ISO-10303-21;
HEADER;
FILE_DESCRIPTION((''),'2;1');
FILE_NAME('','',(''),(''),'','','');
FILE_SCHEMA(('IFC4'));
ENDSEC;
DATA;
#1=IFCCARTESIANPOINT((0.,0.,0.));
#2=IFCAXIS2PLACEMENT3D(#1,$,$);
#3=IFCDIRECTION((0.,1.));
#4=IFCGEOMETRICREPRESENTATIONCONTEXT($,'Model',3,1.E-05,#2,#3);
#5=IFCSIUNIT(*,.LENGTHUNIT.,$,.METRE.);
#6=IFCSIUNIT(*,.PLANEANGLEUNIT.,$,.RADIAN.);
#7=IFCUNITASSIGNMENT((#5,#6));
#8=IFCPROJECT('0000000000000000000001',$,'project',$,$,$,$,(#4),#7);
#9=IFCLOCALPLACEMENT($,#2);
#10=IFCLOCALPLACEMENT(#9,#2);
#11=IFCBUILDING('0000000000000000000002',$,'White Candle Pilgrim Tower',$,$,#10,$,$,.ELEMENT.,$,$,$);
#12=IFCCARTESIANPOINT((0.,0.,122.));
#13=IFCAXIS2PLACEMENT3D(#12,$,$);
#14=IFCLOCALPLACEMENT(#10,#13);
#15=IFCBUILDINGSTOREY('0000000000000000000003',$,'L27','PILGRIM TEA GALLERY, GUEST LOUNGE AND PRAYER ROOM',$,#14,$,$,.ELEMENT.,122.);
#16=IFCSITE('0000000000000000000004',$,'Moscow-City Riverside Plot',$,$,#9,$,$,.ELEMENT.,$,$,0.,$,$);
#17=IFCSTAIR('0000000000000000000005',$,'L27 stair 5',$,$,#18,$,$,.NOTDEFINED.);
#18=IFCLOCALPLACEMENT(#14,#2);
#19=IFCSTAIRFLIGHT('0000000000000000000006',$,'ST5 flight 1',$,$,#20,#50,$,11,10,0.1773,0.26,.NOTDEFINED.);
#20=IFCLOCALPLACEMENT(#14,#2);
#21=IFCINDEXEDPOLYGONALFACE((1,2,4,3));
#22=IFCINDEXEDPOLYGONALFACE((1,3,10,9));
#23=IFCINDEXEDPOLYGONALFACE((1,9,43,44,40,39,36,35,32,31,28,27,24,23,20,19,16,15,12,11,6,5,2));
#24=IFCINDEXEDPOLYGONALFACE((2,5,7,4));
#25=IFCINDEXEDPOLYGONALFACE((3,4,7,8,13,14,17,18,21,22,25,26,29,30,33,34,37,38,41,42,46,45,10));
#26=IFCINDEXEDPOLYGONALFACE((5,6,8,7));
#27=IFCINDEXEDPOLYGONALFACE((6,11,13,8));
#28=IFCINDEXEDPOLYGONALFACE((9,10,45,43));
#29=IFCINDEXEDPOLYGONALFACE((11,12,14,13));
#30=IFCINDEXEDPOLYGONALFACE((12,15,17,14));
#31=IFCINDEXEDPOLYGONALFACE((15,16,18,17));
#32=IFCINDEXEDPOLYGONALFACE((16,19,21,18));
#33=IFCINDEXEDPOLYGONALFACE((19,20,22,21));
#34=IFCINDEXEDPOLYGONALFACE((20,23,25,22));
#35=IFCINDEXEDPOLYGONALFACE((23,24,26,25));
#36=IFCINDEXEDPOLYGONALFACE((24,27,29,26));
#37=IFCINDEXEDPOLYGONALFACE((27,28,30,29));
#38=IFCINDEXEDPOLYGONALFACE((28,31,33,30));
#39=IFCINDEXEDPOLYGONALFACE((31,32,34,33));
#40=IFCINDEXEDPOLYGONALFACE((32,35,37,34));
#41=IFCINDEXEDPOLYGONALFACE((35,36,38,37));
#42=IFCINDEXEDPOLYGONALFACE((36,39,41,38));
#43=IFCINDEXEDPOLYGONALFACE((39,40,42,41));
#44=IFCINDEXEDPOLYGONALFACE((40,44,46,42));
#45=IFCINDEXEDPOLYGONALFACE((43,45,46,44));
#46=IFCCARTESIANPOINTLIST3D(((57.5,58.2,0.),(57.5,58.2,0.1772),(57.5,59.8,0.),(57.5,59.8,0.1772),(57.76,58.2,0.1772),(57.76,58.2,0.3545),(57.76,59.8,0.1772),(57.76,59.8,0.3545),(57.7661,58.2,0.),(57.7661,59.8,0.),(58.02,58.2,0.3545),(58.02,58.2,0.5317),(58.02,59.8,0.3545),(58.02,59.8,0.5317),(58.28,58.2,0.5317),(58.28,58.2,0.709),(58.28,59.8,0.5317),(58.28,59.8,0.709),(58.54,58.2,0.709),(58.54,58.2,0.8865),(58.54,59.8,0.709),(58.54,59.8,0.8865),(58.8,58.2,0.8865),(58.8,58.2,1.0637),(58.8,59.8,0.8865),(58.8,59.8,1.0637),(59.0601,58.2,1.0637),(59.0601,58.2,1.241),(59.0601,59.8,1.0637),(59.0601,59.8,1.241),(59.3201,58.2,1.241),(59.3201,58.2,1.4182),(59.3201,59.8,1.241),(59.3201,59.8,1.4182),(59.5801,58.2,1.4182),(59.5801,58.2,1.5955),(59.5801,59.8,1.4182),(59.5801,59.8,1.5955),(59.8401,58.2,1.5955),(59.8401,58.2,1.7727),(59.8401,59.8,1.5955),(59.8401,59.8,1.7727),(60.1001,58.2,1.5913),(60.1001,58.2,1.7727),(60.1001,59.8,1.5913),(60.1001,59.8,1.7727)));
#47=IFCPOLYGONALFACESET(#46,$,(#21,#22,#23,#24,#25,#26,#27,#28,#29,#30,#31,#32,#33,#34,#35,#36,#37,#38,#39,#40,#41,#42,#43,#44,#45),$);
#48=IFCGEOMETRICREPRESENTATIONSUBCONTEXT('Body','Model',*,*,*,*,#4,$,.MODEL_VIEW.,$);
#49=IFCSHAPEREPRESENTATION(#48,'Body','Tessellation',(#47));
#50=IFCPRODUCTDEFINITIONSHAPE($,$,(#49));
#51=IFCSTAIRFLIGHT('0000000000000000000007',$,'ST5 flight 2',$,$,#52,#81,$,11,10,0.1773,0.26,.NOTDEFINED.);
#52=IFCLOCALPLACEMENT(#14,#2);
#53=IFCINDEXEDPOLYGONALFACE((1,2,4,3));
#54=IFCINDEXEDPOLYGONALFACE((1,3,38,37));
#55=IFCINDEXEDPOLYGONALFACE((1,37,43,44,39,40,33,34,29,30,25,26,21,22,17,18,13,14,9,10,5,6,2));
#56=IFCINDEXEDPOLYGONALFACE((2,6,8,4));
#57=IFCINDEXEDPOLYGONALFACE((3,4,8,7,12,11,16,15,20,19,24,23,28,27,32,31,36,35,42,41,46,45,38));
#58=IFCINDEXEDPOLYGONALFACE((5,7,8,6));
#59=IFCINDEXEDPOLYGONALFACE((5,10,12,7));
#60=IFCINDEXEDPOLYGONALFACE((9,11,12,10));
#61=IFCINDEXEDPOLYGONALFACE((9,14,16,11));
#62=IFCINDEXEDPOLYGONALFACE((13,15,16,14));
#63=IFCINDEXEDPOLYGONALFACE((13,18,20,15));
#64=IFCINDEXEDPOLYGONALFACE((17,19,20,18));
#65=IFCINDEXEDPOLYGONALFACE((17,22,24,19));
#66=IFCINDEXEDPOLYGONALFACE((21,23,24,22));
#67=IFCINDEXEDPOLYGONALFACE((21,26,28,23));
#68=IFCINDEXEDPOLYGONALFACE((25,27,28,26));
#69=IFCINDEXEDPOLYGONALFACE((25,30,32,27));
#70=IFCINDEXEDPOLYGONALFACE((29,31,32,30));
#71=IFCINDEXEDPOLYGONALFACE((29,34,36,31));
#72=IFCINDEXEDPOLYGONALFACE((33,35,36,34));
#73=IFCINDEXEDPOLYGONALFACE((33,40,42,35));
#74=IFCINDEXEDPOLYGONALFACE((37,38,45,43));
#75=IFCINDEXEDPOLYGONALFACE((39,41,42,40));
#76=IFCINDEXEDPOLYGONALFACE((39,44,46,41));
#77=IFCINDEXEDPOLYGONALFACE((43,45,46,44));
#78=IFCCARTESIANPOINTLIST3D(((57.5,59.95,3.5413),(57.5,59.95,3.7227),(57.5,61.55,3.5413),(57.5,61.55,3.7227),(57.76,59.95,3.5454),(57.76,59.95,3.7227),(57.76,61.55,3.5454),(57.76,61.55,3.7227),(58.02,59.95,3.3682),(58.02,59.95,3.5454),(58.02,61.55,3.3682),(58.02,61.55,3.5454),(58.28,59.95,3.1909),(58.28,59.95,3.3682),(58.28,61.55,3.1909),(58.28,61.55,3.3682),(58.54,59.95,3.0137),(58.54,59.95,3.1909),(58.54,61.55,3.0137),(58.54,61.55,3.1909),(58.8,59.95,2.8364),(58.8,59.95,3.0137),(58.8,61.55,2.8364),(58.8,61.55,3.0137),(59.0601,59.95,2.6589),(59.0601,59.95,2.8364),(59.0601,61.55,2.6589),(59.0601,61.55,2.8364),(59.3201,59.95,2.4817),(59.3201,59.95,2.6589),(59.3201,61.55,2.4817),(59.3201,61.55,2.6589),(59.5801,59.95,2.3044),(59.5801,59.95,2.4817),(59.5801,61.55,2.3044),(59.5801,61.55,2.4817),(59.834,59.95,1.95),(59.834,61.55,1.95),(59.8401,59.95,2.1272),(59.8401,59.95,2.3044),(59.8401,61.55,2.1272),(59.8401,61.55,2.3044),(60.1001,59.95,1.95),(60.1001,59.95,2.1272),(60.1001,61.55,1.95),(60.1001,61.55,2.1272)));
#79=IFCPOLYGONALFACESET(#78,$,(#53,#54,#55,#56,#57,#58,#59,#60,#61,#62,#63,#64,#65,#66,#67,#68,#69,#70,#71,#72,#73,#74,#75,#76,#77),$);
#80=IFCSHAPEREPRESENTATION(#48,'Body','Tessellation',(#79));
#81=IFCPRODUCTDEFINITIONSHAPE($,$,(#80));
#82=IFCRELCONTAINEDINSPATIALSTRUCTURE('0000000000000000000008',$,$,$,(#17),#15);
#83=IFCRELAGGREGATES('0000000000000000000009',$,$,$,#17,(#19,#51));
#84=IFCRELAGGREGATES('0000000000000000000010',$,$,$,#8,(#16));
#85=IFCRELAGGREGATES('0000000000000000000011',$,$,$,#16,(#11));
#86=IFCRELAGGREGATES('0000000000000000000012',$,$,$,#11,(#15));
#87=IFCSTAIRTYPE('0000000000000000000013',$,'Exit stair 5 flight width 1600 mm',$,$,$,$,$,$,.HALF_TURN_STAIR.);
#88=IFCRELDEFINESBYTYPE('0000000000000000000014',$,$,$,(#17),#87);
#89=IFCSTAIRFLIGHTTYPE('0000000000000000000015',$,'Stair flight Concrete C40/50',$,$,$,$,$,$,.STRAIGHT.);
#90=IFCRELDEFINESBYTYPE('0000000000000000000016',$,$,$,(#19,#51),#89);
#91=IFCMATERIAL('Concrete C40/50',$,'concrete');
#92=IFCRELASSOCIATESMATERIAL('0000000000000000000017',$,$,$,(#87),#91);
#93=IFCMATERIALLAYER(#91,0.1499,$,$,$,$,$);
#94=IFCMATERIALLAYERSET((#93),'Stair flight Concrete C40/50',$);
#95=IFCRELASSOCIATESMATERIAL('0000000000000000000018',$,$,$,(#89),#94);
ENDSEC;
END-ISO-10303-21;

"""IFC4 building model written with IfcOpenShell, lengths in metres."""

from ifc_helpers import new_model, si_unit, direction, frame, origin, place, context, subcontext, project, spatial, polyline, outline, extrude, material, layer, layer_set, type_object, element, aggregate, save


model = new_model("IFC4")

# Units and contexts
model_context = context("Model", 3, precision=1e-05, world=origin(), true_north=direction((0.0, 1.0)))
body_context = subcontext(model_context, "Body", "Model", "MODEL_VIEW")
ifc_project = project(units=[si_unit("LENGTHUNIT", "METRE"), si_unit("PLANEANGLEUNIT", "RADIAN")], contexts=[model_context])

# Site, building, storey
site_placement = place(None, origin())
site = spatial("IfcSite", under=ifc_project, at=site_placement, Name="Moscow-City Riverside Plot", CompositionType="ELEMENT", RefElevation=0.0)
building_placement = place(site_placement, origin())
building = spatial("IfcBuilding", under=site, at=building_placement, Name="White Candle Pilgrim Tower", CompositionType="ELEMENT")
storey_placement = place(building_placement, frame((0.0, 0.0, 122.0)))
storey = spatial("IfcBuildingStorey", under=building, at=storey_placement, Name="L27", Description="PILGRIM TEA GALLERY, GUEST LOUNGE AND PRAYER ROOM", CompositionType="ELEMENT", Elevation=122.0)

# Stair, stair flights
ifc_material_1 = material(Name="Concrete C40/50", Category="concrete")
stair_type = type_object("IfcStairType", Name="Exit stair 5 flight width 1600 mm", PredefinedType="HALF_TURN_STAIR", material=ifc_material_1)
stair_placement = place(storey_placement, origin())
stair = element("IfcStair", 1, at=stair_placement, inside=storey, type_object=stair_type, Name="L27 stair 5", PredefinedType="NOTDEFINED")
ifc_layer_1 = layer(ifc_material_1, 0.1499)
ifc_layer_set_1 = layer_set([ifc_layer_1], Name="Stair flight Concrete C40/50")
stair_flight_type = type_object("IfcStairFlightType", Name="Stair flight Concrete C40/50", PredefinedType="STRAIGHT", material=ifc_layer_set_1)
stair_flight_1_placement = place(storey_placement, frame((57.5, 59.0, 0.0), z_axis=(0.0, 0.0, 1.0), x_axis=(1.0, 0.0, 0.0)))
stair_flight_1 = element("IfcStairFlight", 2, at=stair_flight_1_placement, type_object=stair_flight_type, Name="ST5 flight 1", NumberOfRisers=11, NumberOfTreads=10, PredefinedType="NOTDEFINED", RiserHeight=0.1773, TreadLength=0.26, context=body_context, shape_type="SweptSolid", body=[
    extrude(outline(polyline([(0.0, 0.0), (0.0, 0.1772), (0.26, 0.1772), (0.26, 0.3545), (0.52, 0.3545), (0.52, 0.5317), (0.78, 0.5317), (0.78, 0.709), (1.04, 0.709), (1.04, 0.8865), (1.3, 0.8865), (1.3, 1.0637), (1.5601, 1.0637), (1.5601, 1.241), (1.8201, 1.241), (1.8201, 1.4182), (2.0801, 1.4182), (2.0801, 1.5955), (2.3401, 1.5955), (2.3401, 1.7727), (2.6001, 1.7727), (2.6001, 1.95), (2.6001, 1.5913), (0.2661, 0.0), (0.0, 0.0)])), frame((0.0, 0.8, 0.0), z_axis=(0.0, -1.0, 0.0), x_axis=(1.0, 0.0, 0.0)), (0.0, 0.0, 1.0), 1.6001),
])
stair_flight_2_placement = place(storey_placement, frame((60.1001, 60.75, 1.95), z_axis=(0.0, 0.0, 1.0), x_axis=(-1.0, 0.0, 0.0)))
stair_flight_2 = element("IfcStairFlight", 3, at=stair_flight_2_placement, type_object=stair_flight_type, Name="ST5 flight 2", NumberOfRisers=11, NumberOfTreads=10, PredefinedType="NOTDEFINED", RiserHeight=0.1773, TreadLength=0.26, context=body_context, shape_type="SweptSolid", body=[
    extrude(outline(polyline([(0.0, 0.0), (0.0, 0.1772), (0.26, 0.1772), (0.26, 0.3545), (0.52, 0.3545), (0.52, 0.5317), (0.78, 0.5317), (0.78, 0.709), (1.04, 0.709), (1.04, 0.8865), (1.3, 0.8865), (1.3, 1.0637), (1.5601, 1.0637), (1.5601, 1.241), (1.8201, 1.241), (1.8201, 1.4182), (2.0801, 1.4182), (2.0801, 1.5955), (2.3401, 1.5955), (2.3401, 1.7727), (2.6001, 1.7727), (2.6001, 1.95), (2.6001, 1.5913), (0.2661, 0.0), (0.0, 0.0)])), frame((0.0, 0.8, 0.0), z_axis=(0.0, -1.0, 0.0), x_axis=(1.0, 0.0, 0.0)), (0.0, 0.0, 1.0), 1.6001),
])
aggregate(stair, [stair_flight_1, stair_flight_2])

save(model, "model.ifc")
